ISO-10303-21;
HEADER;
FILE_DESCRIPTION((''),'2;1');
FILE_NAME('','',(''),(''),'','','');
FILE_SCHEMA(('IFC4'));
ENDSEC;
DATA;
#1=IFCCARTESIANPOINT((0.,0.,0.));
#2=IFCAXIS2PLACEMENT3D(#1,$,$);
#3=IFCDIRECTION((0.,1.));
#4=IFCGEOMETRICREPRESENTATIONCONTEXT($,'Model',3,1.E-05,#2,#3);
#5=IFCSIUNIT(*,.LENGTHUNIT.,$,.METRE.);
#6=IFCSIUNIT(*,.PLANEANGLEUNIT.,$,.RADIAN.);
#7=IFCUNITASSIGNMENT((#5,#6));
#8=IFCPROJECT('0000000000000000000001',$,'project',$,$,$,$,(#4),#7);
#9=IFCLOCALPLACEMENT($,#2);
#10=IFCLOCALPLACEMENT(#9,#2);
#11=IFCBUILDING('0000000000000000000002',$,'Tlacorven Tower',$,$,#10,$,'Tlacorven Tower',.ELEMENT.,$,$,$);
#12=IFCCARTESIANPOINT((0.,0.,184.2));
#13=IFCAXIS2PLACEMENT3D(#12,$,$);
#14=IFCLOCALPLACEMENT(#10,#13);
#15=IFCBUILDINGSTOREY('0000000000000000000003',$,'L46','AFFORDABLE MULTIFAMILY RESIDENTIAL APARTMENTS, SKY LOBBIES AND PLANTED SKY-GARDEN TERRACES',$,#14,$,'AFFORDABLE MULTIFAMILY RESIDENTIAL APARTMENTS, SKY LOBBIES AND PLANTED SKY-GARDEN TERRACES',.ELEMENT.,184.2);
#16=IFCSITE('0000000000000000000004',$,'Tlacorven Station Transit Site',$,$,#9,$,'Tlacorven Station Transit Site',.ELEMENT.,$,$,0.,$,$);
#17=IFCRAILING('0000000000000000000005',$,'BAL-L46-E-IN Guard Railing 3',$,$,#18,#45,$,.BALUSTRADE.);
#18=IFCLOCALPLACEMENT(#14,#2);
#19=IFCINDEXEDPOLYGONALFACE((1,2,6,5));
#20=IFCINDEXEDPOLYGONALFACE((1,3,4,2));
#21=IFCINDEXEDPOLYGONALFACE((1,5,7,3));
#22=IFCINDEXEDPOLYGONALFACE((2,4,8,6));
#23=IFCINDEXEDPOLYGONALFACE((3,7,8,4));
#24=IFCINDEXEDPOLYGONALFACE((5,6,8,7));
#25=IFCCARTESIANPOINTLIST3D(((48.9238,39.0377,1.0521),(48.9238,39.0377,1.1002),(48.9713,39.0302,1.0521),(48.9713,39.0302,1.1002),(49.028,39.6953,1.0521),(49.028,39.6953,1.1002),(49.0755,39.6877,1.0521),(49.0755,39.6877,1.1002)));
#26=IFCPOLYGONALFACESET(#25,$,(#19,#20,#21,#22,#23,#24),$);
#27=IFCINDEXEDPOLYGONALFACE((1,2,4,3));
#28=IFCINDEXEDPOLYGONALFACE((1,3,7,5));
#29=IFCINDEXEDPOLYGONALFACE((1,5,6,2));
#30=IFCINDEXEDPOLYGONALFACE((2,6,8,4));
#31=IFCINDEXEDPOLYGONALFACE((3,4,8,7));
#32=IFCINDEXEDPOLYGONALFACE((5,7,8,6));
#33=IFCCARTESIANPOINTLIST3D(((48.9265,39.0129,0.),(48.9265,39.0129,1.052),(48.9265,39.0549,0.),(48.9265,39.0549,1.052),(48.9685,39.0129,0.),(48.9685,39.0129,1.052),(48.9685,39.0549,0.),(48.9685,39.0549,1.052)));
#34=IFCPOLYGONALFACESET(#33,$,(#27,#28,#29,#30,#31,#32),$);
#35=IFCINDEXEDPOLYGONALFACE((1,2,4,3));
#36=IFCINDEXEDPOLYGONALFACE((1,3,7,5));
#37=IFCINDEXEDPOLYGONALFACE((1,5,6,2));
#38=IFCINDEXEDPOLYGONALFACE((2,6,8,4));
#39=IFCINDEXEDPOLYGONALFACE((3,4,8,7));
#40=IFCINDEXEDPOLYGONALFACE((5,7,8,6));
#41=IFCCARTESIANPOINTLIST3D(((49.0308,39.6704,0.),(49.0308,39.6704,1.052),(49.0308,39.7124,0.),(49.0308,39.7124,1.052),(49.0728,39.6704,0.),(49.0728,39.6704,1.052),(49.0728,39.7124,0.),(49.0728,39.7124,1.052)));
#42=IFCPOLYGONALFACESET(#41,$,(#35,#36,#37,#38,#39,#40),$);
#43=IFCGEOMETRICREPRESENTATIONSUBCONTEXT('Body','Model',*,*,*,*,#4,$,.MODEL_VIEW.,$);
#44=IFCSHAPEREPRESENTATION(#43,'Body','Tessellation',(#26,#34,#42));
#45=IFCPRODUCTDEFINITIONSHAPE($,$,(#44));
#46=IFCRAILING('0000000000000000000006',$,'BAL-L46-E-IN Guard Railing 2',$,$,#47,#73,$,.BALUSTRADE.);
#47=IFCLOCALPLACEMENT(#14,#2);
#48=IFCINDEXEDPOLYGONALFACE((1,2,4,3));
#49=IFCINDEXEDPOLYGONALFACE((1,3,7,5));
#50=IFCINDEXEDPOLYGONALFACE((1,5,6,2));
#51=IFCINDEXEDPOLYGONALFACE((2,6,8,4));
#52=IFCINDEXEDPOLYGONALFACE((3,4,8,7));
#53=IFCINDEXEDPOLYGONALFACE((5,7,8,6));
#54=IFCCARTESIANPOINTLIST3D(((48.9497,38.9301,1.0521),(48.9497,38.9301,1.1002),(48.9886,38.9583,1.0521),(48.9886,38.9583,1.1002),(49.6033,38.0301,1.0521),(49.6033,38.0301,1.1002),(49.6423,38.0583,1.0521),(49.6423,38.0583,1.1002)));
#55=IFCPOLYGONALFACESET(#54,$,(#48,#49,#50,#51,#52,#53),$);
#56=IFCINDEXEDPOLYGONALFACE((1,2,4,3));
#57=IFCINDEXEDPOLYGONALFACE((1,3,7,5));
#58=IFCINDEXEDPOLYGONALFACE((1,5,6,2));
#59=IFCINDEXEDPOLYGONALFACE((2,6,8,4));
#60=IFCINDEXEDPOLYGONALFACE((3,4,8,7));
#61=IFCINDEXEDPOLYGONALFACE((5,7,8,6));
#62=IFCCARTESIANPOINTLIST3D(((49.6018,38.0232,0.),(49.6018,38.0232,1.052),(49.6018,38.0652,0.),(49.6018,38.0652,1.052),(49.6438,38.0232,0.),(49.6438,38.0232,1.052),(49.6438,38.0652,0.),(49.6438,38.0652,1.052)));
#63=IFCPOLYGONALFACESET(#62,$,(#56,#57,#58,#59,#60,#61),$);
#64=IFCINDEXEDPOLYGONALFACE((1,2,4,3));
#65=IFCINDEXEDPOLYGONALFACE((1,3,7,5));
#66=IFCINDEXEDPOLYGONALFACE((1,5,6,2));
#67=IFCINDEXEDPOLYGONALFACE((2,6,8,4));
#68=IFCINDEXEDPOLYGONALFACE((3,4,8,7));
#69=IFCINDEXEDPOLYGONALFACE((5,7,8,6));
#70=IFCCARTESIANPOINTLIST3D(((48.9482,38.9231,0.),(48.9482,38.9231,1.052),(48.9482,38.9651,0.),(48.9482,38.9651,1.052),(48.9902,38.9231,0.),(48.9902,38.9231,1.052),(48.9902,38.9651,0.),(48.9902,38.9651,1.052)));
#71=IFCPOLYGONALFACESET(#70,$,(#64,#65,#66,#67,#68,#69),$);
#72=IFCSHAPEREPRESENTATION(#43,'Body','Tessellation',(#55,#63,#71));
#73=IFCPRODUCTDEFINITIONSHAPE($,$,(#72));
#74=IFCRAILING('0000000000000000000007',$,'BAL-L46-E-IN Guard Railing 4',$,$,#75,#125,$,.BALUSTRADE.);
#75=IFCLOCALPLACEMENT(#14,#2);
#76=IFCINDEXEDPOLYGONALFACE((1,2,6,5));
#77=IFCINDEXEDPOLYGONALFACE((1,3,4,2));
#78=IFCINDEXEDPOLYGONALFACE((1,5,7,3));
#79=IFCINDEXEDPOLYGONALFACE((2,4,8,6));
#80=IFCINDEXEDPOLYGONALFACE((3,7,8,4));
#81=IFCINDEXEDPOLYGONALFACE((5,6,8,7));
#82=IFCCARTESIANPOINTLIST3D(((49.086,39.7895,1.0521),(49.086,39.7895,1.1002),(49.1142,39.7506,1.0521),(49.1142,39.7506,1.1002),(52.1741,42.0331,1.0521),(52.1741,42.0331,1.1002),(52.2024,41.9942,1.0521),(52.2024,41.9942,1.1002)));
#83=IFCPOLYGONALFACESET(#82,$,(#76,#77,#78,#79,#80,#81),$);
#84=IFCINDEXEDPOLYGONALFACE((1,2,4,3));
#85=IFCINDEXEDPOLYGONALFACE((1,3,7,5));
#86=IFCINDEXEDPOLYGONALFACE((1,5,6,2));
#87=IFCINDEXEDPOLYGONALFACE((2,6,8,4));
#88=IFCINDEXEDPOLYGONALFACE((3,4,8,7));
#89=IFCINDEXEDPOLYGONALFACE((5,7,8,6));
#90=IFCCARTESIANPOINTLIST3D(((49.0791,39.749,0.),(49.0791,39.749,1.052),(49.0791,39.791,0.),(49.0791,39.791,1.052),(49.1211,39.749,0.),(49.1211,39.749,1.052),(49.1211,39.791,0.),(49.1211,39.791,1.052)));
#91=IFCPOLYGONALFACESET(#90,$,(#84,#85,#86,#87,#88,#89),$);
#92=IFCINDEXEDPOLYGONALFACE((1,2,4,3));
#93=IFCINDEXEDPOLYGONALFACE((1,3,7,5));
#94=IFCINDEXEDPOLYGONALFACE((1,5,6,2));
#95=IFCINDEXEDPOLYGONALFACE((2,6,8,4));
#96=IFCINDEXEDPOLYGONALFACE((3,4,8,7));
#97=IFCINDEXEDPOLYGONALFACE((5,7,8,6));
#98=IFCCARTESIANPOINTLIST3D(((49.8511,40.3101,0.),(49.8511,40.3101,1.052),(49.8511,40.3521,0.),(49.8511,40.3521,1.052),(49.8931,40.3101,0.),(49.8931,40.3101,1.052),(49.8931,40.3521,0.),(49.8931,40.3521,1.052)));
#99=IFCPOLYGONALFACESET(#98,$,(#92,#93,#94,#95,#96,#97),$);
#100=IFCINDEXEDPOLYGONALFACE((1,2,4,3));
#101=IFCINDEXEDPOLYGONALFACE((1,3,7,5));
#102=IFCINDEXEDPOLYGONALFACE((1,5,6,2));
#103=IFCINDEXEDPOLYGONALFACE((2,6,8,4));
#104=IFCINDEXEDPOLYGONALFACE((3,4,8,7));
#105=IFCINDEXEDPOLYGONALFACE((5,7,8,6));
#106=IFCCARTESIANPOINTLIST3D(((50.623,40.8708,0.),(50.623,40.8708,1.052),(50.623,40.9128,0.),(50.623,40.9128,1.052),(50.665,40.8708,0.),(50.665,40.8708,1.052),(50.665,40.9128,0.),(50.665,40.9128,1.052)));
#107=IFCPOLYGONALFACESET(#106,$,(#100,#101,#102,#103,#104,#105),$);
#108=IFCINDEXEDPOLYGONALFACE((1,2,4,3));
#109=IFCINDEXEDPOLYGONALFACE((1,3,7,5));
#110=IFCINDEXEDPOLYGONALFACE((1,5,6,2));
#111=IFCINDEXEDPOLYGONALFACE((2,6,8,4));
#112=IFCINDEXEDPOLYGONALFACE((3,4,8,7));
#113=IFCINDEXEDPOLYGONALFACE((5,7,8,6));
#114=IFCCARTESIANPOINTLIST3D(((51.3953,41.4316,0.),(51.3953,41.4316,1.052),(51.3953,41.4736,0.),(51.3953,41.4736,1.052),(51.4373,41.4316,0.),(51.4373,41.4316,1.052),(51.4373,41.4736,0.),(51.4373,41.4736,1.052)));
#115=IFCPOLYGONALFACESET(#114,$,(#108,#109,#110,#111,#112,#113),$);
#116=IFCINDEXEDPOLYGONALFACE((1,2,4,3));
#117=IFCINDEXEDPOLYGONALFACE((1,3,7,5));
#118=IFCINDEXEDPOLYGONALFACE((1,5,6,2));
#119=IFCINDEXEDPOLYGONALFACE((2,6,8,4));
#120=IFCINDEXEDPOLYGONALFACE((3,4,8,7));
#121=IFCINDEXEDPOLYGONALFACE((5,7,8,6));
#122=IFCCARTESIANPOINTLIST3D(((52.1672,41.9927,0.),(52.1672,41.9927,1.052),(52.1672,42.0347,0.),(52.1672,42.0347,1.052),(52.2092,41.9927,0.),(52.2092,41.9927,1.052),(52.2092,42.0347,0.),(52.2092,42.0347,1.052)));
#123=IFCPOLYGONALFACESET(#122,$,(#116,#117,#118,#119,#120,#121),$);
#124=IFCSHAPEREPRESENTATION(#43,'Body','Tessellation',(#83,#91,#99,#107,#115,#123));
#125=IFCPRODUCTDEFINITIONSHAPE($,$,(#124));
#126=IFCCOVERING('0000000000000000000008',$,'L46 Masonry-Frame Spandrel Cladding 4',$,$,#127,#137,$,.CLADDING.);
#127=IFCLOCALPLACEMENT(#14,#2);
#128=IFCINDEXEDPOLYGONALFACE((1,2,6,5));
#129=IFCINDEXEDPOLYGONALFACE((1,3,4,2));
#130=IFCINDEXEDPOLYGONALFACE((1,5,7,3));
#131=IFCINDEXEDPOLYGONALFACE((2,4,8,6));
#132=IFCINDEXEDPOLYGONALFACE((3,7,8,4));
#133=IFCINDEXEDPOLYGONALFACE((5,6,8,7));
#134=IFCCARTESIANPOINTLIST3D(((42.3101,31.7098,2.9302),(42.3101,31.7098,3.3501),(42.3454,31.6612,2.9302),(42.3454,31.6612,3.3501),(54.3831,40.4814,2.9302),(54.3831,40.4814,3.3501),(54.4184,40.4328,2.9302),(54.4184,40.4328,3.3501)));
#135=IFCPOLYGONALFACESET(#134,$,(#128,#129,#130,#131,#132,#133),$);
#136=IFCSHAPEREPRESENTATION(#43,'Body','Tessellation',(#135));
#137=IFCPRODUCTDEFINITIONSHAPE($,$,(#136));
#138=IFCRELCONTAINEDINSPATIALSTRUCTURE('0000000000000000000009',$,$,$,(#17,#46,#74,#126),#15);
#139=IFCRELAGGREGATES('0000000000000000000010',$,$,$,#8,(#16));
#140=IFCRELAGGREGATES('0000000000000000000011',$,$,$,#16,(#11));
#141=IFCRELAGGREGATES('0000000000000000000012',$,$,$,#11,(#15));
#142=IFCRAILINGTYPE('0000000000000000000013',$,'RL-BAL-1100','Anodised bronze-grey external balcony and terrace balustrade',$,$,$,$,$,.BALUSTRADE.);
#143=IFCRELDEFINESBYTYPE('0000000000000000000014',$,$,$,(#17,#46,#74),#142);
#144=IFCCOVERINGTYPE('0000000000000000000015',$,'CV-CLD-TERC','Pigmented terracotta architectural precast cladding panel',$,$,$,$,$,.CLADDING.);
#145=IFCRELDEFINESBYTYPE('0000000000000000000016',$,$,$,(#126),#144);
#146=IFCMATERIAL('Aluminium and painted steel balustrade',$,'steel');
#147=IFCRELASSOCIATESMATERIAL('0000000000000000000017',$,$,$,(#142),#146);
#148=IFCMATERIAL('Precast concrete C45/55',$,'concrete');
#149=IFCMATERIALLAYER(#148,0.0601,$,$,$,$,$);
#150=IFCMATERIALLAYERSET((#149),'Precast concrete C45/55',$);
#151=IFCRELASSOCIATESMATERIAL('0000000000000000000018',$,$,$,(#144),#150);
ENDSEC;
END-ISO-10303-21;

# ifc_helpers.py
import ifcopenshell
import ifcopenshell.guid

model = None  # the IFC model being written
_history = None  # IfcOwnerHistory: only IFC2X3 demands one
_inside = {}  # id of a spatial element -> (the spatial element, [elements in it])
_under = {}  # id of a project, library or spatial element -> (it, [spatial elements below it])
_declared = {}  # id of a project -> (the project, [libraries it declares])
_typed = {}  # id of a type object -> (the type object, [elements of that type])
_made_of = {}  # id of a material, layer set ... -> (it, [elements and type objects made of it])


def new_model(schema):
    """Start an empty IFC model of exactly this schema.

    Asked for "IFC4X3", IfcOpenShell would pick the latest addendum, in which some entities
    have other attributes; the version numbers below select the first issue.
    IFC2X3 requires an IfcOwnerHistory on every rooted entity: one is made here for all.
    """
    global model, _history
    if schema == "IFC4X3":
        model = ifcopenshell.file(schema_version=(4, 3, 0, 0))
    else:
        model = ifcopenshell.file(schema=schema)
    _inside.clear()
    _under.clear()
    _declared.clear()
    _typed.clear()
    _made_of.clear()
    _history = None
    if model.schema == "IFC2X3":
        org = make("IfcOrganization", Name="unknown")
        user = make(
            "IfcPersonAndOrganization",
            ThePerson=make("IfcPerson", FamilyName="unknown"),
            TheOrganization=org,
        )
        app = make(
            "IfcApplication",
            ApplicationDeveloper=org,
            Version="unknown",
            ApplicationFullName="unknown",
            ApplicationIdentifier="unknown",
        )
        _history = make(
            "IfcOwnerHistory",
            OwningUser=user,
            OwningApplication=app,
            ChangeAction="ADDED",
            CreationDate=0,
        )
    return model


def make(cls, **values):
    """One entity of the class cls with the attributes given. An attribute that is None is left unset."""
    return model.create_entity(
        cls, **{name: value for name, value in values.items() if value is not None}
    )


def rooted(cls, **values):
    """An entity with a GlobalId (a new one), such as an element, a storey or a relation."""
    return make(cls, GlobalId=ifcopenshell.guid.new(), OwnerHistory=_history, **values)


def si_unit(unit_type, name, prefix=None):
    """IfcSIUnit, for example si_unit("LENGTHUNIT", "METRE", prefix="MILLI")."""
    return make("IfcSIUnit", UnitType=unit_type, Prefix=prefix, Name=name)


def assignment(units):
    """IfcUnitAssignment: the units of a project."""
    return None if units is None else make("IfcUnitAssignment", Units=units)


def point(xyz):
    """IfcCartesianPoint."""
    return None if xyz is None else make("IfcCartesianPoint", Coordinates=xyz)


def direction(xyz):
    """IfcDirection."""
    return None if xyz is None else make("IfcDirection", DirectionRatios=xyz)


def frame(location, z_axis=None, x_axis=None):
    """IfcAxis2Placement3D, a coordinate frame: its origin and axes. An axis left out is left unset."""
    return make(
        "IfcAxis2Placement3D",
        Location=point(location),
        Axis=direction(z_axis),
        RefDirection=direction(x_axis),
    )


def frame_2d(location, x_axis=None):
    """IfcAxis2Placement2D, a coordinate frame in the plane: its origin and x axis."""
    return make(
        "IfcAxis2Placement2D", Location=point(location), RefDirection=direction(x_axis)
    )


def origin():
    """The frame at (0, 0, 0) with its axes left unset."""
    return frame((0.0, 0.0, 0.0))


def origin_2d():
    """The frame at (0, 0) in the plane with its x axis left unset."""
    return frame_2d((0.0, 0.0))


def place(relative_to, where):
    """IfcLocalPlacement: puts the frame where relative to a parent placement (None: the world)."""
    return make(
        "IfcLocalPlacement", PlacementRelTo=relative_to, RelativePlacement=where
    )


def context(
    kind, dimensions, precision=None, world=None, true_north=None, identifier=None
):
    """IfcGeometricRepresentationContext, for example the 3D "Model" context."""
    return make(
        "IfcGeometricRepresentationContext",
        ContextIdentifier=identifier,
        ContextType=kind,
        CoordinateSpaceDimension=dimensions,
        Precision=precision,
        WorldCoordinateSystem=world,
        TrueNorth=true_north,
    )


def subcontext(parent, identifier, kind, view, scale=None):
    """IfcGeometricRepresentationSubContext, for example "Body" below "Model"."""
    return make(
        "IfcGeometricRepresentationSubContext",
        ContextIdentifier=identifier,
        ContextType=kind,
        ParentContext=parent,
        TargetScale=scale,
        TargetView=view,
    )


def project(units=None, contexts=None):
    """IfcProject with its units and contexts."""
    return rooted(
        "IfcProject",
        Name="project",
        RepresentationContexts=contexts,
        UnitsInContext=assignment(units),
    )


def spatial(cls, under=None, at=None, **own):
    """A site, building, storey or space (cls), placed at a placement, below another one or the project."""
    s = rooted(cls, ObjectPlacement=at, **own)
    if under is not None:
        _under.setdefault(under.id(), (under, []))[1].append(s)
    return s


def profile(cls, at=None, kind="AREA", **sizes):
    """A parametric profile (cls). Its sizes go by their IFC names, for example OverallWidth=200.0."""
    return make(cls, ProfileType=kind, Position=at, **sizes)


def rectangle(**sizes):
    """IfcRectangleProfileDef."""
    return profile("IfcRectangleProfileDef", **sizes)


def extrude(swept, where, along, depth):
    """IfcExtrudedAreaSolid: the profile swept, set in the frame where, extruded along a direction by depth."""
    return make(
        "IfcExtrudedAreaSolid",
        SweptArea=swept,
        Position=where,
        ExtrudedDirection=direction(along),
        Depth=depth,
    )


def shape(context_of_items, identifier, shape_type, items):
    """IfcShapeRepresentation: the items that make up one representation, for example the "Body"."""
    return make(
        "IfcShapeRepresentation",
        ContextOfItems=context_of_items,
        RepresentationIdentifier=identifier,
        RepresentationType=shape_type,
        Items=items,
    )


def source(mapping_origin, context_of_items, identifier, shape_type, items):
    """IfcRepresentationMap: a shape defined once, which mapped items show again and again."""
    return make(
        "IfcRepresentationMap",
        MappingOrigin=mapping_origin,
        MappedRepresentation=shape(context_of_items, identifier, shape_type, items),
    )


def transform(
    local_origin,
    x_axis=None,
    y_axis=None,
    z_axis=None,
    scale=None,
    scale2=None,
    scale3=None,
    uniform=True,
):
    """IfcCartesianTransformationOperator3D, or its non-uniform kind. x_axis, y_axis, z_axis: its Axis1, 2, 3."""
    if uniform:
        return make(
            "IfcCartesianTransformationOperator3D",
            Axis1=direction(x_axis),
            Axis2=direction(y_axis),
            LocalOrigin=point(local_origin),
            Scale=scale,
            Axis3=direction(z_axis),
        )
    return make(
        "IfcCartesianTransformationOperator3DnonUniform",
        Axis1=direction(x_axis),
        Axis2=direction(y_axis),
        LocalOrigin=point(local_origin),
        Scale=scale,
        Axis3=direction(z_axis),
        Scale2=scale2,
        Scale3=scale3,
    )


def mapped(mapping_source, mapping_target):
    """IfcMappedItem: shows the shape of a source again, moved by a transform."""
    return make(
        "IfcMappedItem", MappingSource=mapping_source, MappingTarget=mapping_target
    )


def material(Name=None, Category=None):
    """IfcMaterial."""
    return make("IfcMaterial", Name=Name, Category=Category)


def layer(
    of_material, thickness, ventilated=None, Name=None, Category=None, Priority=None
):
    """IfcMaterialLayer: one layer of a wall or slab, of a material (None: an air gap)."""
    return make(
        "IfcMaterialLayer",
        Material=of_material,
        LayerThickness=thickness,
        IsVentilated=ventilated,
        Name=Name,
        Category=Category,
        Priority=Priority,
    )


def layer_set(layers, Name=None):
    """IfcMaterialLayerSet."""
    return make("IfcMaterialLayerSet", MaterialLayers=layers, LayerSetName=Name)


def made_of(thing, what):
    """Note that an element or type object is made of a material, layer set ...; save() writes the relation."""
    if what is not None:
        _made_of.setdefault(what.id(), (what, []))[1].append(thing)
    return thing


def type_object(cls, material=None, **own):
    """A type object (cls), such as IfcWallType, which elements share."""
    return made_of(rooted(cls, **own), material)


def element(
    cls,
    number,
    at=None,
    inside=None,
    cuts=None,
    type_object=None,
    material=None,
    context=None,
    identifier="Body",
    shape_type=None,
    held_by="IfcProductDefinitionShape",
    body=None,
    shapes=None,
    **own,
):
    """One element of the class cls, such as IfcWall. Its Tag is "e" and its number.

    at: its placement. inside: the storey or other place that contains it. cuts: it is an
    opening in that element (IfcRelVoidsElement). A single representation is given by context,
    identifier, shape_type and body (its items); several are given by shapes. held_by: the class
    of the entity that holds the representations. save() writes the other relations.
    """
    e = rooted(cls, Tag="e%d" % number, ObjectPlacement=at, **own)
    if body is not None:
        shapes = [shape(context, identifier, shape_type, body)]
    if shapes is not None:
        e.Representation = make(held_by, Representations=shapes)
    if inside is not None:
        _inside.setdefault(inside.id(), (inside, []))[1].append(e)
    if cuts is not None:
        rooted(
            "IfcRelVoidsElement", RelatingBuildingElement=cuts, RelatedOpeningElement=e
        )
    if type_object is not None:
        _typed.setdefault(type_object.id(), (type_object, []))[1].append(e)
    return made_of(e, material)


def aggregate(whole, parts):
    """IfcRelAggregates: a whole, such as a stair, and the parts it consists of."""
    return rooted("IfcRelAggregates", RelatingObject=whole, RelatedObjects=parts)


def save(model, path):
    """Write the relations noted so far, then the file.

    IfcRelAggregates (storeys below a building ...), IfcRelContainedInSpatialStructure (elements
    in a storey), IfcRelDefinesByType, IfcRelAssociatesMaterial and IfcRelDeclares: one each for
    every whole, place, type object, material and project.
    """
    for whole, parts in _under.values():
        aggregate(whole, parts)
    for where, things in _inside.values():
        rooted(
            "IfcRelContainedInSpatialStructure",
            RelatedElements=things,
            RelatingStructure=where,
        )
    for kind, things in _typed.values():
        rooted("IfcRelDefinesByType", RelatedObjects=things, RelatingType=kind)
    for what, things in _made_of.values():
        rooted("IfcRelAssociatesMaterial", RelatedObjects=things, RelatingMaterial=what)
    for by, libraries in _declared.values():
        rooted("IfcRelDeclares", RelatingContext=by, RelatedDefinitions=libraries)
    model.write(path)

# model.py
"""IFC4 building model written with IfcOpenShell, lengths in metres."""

from ifc_helpers import new_model, si_unit, direction, frame, origin, origin_2d, place, context, subcontext, project, spatial, rectangle, extrude, source, transform, mapped, material, layer, layer_set, type_object, element, save


model = new_model("IFC4")

# Units and contexts
model_context = context("Model", 3, precision=1e-05, world=origin(), true_north=direction((0.0, 1.0)))
body_context = subcontext(model_context, "Body", "Model", "MODEL_VIEW")
ifc_project = project(units=[si_unit("LENGTHUNIT", "METRE"), si_unit("PLANEANGLEUNIT", "RADIAN")], contexts=[model_context])

# Site, building, storey
site_placement = place(None, origin())
site = spatial("IfcSite", under=ifc_project, at=site_placement, Name="Tlacorven Station Transit Site", LongName="Tlacorven Station Transit Site", CompositionType="ELEMENT", RefElevation=0.0)
building_placement = place(site_placement, origin())
building = spatial("IfcBuilding", under=site, at=building_placement, Name="Tlacorven Tower", LongName="Tlacorven Tower", CompositionType="ELEMENT")
storey_placement = place(building_placement, frame((0.0, 0.0, 184.2)))
storey = spatial("IfcBuildingStorey", under=building, at=storey_placement, Name="L46", Description="AFFORDABLE MULTIFAMILY RESIDENTIAL APARTMENTS, SKY LOBBIES AND PLANTED SKY-GARDEN TERRACES", LongName="AFFORDABLE MULTIFAMILY RESIDENTIAL APARTMENTS, SKY LOBBIES AND PLANTED SKY-GARDEN TERRACES", CompositionType="ELEMENT", Elevation=184.2)

# Shared definitions
ifc_material_1 = material(Name="Precast concrete C45/55", Category="concrete")

# Railings
ifc_material_2 = material(Name="Aluminium and painted steel balustrade", Category="steel")
railing_type = type_object("IfcRailingType", Name="RL-BAL-1100", Description="Anodised bronze-grey external balcony and terrace balustrade", PredefinedType="BALUSTRADE", material=ifc_material_2)
shared_shape_1 = source(origin(), body_context, "Body", "SweptSolid", [
    extrude(rectangle(XDim=0.0481, YDim=0.0481, at=origin_2d()), frame((0.0, 0.0, 1.0762), z_axis=(0.156603, 0.987662, 0.0), x_axis=(-0.987662, 0.156603, 0.0)), (0.0, 0.0, 1.0), 0.6658),
    extrude(rectangle(XDim=0.042, YDim=0.042, at=origin_2d()), origin(), (0.0, 0.0, 1.0), 1.052),
    extrude(rectangle(XDim=0.042, YDim=0.042, at=origin_2d()), frame((0.1042, 0.6575, 0.0)), (0.0, 0.0, 1.0), 1.052),
])
railing_1_placement = place(storey_placement, frame((48.9475, 39.0339, 0.0)))
element("IfcRailing", 1, at=railing_1_placement, inside=storey, type_object=railing_type, Name="BAL-L46-E-IN Guard Railing 3", PredefinedType="BALUSTRADE", context=body_context, shape_type="MappedRepresentation", body=[
    mapped(shared_shape_1, transform((0.0, 0.0, 0.0), scale=1.0)),
])
shared_shape_2 = source(origin(), body_context, "Body", "SweptSolid", [
    extrude(rectangle(XDim=0.0481, YDim=0.0481, at=origin_2d()), frame((0.0, 0.0, 1.0762), z_axis=(-0.587636, 0.809125, 0.0), x_axis=(-0.809125, -0.587636, 0.0)), (0.0, 0.0, 1.0), 1.1123),
    extrude(rectangle(XDim=0.042, YDim=0.042, at=origin_2d()), origin(), (0.0, 0.0, 1.0), 1.052),
    extrude(rectangle(XDim=0.042, YDim=0.042, at=origin_2d()), frame((-0.6536, 0.8999, 0.0)), (0.0, 0.0, 1.0), 1.052),
])
railing_2_placement = place(storey_placement, frame((49.6228, 38.0442, 0.0)))
element("IfcRailing", 2, at=railing_2_placement, inside=storey, type_object=railing_type, Name="BAL-L46-E-IN Guard Railing 2", PredefinedType="BALUSTRADE", context=body_context, shape_type="MappedRepresentation", body=[
    mapped(shared_shape_2, transform((0.0, 0.0, 0.0), scale=1.0)),
])
shared_shape_3 = source(origin(), body_context, "Body", "SweptSolid", [
    extrude(rectangle(XDim=0.0481, YDim=0.0481, at=origin_2d()), frame((0.0, 0.0, 1.0762), z_axis=(0.809018, 0.587784, 0.0), x_axis=(-0.587784, 0.809018, 0.0)), (0.0, 0.0, 1.0), 3.8171),
    extrude(rectangle(XDim=0.042, YDim=0.042, at=origin_2d()), origin(), (0.0, 0.0, 1.0), 1.052),
    extrude(rectangle(XDim=0.042, YDim=0.042, at=origin_2d()), frame((0.772, 0.561, 0.0)), (0.0, 0.0, 1.0), 1.052),
    extrude(rectangle(XDim=0.042, YDim=0.042, at=origin_2d()), frame((1.5439, 1.1218, 0.0)), (0.0, 0.0, 1.0), 1.052),
    extrude(rectangle(XDim=0.042, YDim=0.042, at=origin_2d()), frame((2.3162, 1.6826, 0.0)), (0.0, 0.0, 1.0), 1.052),
    extrude(rectangle(XDim=0.042, YDim=0.042, at=origin_2d()), frame((3.0881, 2.2437, 0.0)), (0.0, 0.0, 1.0), 1.052),
])
railing_3_placement = place(storey_placement, frame((49.1001, 39.77, 0.0)))
element("IfcRailing", 3, at=railing_3_placement, inside=storey, type_object=railing_type, Name="BAL-L46-E-IN Guard Railing 4", PredefinedType="BALUSTRADE", context=body_context, shape_type="MappedRepresentation", body=[
    mapped(shared_shape_3, transform((0.0, 0.0, 0.0), scale=1.0)),
])

# Covering
ifc_layer_1 = layer(ifc_material_1, 0.0601)
ifc_layer_set_1 = layer_set([ifc_layer_1], Name="Precast concrete C45/55")
covering_type = type_object("IfcCoveringType", Name="CV-CLD-TERC", Description="Pigmented terracotta architectural precast cladding panel", PredefinedType="CLADDING", material=ifc_layer_set_1)
shared_shape_4 = source(origin(), body_context, "Body", "SweptSolid", [
    extrude(rectangle(XDim=14.9231, YDim=0.0601, at=origin_2d()), origin(), (0.0, 0.0, 1.0), 0.4199),
])
covering_placement = place(storey_placement, frame((48.3643, 36.0713, 2.9302), z_axis=(0.0, 0.0, 1.0), x_axis=(0.809017, 0.587786, 0.0)))
element("IfcCovering", 4, at=covering_placement, inside=storey, type_object=covering_type, Name="L46 Masonry-Frame Spandrel Cladding 4", PredefinedType="CLADDING", context=body_context, shape_type="MappedRepresentation", body=[
    mapped(shared_shape_4, transform((0.0, 0.0, 0.0), scale=1.0)),
])

save(model, "model.ifc")
